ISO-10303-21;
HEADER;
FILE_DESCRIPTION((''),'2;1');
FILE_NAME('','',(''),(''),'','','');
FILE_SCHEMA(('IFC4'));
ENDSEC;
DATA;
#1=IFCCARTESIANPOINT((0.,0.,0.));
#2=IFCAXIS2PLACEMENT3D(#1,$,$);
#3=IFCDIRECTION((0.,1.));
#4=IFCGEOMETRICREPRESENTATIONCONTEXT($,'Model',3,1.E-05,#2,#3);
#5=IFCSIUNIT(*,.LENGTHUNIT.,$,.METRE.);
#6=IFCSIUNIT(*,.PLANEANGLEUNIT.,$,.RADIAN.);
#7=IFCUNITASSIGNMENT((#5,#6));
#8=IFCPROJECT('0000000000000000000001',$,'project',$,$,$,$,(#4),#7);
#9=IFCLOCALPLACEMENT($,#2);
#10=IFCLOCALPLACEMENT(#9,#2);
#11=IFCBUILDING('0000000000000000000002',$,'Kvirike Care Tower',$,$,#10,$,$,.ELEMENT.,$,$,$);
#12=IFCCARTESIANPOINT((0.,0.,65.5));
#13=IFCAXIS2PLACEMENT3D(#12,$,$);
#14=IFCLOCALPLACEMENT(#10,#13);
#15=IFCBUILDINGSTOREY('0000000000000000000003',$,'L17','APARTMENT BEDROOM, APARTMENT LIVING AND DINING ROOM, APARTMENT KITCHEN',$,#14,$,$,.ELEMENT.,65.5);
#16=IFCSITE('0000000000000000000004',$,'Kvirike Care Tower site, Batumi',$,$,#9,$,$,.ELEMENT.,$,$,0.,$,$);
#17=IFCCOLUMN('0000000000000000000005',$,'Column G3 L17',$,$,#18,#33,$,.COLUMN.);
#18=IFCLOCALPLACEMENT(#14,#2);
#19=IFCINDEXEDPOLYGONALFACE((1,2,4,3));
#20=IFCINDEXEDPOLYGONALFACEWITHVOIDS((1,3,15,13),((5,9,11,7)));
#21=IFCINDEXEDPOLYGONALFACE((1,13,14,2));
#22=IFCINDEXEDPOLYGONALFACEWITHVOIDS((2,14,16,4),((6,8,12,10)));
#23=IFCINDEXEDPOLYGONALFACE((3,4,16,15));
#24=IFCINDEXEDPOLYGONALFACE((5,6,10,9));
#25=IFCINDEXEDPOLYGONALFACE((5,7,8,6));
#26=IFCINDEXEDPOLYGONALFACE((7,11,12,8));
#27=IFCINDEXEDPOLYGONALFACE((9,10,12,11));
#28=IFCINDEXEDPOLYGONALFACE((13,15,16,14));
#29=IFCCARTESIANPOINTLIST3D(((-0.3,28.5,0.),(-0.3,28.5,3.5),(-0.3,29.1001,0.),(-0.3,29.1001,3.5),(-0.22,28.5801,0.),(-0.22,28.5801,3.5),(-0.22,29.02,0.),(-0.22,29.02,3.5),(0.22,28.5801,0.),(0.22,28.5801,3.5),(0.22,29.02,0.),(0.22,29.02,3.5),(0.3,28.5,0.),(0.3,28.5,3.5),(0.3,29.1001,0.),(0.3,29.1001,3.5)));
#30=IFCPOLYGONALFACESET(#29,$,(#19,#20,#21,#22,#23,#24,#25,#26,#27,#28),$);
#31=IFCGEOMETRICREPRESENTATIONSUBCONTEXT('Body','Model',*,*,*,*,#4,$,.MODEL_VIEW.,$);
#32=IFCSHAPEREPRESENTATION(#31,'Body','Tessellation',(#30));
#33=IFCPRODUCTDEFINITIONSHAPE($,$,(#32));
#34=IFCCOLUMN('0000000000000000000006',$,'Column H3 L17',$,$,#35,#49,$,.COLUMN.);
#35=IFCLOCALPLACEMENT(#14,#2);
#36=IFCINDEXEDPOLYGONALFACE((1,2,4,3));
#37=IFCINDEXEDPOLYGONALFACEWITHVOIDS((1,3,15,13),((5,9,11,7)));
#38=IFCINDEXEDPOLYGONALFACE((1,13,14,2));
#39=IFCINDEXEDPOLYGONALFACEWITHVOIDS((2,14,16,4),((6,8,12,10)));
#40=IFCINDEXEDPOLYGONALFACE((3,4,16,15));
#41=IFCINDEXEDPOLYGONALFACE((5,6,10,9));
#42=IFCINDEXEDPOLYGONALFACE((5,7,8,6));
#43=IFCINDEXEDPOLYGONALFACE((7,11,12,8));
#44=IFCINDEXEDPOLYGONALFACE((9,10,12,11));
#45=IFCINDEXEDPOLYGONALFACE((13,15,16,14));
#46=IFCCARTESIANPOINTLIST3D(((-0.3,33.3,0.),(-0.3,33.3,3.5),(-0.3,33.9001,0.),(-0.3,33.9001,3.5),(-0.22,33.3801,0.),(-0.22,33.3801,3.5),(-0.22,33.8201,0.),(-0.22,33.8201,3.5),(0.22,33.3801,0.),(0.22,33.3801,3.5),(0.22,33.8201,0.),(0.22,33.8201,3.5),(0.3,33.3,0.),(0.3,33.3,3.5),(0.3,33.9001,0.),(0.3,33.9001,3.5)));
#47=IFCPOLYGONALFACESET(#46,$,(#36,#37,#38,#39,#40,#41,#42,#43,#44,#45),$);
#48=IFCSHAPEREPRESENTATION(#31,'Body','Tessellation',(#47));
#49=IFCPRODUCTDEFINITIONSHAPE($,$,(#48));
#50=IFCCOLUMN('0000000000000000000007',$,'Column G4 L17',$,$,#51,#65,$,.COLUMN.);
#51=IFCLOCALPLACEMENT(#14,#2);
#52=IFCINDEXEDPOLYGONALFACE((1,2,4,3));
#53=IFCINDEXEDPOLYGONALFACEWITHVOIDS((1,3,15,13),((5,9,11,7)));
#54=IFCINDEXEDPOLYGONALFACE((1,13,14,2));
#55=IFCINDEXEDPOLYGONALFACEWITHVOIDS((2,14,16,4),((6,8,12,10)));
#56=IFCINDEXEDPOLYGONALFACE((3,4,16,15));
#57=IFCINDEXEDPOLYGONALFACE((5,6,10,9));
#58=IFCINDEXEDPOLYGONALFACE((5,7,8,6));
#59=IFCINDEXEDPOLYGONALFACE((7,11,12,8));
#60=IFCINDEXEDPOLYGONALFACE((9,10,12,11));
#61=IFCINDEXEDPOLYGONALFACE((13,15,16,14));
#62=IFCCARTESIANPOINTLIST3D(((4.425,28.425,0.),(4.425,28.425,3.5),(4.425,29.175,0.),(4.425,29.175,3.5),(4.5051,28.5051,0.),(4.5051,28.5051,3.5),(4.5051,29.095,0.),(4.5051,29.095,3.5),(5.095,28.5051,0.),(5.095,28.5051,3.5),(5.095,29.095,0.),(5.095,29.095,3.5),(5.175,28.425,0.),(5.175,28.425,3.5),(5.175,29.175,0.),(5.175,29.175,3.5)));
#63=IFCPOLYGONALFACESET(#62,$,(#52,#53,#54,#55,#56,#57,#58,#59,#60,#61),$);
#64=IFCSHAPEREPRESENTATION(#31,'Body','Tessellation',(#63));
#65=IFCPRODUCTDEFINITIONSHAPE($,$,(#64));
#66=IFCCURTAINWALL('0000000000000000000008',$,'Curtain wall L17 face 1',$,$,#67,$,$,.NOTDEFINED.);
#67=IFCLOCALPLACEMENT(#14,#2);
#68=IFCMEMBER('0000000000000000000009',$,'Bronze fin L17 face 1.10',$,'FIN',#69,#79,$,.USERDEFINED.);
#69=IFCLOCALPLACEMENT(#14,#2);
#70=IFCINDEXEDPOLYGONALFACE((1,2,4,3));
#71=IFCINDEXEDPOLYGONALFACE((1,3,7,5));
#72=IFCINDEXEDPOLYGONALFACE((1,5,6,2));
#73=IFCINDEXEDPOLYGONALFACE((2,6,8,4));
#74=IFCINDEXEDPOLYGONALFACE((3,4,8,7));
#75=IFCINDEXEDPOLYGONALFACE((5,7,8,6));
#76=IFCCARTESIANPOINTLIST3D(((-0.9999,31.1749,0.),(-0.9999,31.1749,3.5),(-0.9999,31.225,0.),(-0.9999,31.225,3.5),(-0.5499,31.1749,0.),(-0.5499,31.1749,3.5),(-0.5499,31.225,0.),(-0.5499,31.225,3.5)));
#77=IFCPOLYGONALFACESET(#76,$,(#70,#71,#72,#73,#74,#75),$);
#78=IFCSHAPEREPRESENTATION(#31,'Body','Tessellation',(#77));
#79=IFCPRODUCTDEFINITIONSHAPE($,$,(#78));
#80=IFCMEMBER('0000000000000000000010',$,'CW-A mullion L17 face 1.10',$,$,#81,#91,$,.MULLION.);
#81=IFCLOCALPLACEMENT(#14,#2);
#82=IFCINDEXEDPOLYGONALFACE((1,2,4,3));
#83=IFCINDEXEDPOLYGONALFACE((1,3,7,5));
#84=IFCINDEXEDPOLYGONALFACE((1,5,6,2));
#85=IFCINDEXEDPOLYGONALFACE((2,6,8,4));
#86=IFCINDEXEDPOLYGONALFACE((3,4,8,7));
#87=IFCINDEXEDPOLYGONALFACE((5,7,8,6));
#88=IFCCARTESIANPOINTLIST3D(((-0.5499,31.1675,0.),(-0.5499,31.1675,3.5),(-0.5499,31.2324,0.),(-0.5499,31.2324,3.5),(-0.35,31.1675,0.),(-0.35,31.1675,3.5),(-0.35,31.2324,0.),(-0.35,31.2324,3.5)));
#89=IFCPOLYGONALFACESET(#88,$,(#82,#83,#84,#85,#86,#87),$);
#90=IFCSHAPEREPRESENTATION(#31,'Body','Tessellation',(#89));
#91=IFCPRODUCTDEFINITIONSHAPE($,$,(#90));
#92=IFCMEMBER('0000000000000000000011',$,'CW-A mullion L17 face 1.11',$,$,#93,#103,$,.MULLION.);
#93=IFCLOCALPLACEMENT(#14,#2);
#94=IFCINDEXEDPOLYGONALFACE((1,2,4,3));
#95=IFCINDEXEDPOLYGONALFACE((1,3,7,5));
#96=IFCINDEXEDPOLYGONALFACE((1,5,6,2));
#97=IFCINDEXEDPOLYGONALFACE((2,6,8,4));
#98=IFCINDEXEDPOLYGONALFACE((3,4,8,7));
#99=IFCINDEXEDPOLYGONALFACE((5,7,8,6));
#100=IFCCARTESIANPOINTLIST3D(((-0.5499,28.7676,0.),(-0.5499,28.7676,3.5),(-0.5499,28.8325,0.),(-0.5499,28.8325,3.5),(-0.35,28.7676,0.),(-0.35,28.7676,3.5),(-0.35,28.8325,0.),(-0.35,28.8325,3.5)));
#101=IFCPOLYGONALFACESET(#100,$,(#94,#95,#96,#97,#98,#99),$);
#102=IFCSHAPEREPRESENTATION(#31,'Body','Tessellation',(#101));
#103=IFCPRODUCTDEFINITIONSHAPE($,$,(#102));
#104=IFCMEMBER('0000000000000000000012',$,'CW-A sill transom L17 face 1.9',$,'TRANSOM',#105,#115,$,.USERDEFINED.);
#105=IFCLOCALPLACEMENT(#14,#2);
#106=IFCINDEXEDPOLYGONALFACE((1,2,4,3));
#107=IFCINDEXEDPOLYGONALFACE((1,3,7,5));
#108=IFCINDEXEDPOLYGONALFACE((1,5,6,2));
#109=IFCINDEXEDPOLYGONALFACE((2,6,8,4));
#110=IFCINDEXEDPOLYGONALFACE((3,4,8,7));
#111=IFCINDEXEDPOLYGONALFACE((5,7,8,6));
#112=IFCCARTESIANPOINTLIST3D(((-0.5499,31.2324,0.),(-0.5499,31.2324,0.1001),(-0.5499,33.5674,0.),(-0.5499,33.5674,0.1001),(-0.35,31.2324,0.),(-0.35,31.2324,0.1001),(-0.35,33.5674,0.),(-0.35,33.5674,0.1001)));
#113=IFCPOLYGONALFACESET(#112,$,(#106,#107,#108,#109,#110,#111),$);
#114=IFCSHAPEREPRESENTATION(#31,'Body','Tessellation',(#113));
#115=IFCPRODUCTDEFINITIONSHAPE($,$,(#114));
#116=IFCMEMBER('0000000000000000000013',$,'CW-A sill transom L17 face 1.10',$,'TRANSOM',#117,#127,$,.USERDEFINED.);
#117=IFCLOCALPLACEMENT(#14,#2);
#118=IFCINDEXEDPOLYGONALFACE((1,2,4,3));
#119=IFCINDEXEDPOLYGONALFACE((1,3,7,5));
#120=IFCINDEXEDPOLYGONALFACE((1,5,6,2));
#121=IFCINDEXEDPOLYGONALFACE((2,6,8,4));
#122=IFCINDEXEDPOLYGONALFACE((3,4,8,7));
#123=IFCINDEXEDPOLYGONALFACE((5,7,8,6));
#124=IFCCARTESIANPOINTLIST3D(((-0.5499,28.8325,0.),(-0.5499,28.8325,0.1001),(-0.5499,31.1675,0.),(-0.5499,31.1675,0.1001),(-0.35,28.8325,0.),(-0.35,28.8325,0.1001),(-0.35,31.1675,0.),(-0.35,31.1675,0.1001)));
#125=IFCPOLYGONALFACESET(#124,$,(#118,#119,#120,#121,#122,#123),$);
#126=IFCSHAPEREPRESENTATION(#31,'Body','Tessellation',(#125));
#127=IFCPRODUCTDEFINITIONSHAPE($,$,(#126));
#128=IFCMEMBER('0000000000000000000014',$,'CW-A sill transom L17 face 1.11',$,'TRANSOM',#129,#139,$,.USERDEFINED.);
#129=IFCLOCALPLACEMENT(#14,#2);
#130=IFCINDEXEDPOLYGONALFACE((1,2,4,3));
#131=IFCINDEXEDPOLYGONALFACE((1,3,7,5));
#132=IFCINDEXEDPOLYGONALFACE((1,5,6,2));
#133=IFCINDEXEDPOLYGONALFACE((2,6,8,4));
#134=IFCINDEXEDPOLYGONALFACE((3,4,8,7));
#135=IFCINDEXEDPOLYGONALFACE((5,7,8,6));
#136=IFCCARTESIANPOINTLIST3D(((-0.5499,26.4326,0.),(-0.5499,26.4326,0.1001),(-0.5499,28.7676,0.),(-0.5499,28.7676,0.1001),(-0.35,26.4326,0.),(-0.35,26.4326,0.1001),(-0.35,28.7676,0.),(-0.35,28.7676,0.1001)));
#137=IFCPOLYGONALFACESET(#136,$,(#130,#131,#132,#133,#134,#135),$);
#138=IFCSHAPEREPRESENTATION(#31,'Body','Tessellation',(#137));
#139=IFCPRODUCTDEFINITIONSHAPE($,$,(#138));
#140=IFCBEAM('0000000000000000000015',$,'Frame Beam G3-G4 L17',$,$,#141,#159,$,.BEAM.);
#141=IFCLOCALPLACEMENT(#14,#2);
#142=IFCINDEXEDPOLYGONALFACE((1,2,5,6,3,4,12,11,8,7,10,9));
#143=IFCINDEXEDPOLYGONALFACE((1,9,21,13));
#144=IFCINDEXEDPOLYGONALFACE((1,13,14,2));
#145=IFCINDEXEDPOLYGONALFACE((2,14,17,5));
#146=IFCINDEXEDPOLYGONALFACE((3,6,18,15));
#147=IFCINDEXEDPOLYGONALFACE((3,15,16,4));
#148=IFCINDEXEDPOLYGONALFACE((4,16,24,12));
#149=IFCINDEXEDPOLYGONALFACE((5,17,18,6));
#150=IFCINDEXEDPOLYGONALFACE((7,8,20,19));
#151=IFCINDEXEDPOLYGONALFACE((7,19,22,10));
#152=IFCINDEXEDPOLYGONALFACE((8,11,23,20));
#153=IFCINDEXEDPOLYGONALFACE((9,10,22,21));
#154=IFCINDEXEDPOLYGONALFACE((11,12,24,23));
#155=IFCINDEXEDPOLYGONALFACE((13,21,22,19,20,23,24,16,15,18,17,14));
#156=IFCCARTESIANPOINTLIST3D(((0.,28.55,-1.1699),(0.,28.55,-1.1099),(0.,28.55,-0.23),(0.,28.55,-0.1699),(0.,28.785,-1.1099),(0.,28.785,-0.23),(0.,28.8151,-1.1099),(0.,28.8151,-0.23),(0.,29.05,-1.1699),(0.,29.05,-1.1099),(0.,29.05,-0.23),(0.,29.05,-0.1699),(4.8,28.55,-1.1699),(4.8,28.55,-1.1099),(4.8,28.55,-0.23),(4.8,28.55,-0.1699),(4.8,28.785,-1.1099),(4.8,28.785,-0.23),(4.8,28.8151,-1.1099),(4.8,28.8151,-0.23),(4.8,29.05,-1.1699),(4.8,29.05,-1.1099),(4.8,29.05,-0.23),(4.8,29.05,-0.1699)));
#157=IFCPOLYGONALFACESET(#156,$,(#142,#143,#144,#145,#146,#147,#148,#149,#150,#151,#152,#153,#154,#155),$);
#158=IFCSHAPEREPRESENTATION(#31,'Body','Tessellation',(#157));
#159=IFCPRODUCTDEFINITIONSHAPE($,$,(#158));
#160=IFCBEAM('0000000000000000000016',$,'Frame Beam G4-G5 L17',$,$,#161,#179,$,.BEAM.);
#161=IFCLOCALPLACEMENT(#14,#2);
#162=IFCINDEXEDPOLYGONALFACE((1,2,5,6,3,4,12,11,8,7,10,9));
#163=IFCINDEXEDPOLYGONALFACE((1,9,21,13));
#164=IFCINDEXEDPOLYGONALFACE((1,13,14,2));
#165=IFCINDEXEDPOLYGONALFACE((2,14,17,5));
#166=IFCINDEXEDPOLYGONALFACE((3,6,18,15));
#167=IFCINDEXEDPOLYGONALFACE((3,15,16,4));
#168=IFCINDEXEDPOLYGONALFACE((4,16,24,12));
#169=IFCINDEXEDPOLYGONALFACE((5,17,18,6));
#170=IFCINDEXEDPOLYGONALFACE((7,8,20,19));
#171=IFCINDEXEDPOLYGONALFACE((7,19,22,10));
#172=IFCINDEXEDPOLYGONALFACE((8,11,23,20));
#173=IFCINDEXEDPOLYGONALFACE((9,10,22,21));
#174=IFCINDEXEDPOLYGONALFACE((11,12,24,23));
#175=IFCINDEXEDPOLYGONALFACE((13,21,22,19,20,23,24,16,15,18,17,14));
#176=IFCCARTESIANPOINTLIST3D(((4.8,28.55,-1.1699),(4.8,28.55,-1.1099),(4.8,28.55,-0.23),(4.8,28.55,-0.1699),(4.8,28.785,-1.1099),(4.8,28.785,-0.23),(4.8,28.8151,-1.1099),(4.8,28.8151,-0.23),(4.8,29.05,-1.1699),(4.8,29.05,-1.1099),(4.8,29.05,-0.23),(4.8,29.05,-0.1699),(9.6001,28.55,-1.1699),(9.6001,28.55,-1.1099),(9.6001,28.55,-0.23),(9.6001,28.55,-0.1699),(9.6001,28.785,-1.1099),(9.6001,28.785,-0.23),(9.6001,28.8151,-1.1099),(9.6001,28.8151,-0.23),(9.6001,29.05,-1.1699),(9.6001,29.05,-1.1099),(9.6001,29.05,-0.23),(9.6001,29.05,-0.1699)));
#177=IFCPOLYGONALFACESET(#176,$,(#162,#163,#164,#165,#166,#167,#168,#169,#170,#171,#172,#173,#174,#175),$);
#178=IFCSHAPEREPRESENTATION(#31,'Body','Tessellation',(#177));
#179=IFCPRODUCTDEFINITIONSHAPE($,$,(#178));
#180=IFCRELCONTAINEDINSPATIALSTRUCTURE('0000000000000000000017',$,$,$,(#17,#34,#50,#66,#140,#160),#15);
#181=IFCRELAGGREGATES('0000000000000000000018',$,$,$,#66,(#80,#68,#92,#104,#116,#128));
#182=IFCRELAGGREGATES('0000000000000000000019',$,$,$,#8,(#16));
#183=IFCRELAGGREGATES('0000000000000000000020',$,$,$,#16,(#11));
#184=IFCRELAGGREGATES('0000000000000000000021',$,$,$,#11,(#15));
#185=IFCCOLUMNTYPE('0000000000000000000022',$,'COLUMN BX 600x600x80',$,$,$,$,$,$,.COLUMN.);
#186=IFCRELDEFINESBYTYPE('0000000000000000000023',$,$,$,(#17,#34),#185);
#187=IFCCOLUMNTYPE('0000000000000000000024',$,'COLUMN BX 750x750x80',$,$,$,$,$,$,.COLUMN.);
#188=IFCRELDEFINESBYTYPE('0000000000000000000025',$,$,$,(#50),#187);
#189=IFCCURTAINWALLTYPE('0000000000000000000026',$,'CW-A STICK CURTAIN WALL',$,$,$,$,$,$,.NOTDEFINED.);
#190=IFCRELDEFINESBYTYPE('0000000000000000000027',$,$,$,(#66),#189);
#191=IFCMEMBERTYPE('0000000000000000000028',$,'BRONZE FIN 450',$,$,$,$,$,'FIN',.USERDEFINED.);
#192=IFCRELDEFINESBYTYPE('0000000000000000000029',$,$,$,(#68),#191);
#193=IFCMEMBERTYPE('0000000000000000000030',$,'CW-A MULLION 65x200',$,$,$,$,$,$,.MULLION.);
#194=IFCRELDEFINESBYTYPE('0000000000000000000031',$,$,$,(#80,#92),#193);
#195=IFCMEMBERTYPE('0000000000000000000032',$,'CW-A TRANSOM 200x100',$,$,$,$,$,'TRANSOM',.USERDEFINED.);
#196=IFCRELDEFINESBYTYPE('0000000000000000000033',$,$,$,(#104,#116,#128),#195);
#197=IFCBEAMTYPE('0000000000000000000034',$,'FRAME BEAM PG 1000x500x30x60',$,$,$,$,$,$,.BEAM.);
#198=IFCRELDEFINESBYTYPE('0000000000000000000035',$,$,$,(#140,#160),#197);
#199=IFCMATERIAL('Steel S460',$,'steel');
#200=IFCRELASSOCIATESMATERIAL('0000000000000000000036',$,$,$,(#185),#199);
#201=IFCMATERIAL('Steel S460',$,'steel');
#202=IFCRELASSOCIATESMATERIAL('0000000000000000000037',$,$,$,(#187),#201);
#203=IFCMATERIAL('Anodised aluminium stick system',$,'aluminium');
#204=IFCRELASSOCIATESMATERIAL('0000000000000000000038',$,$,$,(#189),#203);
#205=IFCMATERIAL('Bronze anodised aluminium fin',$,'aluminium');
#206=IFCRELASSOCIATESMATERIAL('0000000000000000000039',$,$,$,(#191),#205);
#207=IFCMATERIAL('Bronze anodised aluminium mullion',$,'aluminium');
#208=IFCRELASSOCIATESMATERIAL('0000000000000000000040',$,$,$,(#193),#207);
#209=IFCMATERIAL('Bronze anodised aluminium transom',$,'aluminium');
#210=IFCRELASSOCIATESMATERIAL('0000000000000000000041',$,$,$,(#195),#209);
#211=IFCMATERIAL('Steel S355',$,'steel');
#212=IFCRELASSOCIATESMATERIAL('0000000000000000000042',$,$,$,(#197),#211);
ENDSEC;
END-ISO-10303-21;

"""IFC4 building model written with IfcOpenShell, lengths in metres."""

from ifc_helpers import new_model, si_unit, direction, frame, origin, origin_2d, place, context, subcontext, project, spatial, rectangle, hollow_rectangle, i_section, extrude, material, material_profile, profile_set, type_object, element, aggregate, save


model = new_model("IFC4")

# Units and contexts
model_context = context("Model", 3, precision=1e-05, world=origin(), true_north=direction((0.0, 1.0)))
body_context = subcontext(model_context, "Body", "Model", "MODEL_VIEW")
ifc_project = project(units=[si_unit("LENGTHUNIT", "METRE"), si_unit("PLANEANGLEUNIT", "RADIAN")], contexts=[model_context])

# Site, building, storey
site_placement = place(None, origin())
site = spatial("IfcSite", under=ifc_project, at=site_placement, Name="Kvirike Care Tower site, Batumi", CompositionType="ELEMENT", RefElevation=0.0)
building_placement = place(site_placement, origin())
building = spatial("IfcBuilding", under=site, at=building_placement, Name="Kvirike Care Tower", CompositionType="ELEMENT")
storey_placement = place(building_placement, frame((0.0, 0.0, 65.5)))
storey = spatial("IfcBuildingStorey", under=building, at=storey_placement, Name="L17", Description="APARTMENT BEDROOM, APARTMENT LIVING AND DINING ROOM, APARTMENT KITCHEN", CompositionType="ELEMENT", Elevation=65.5)

# Columns
ifc_material_1 = material(Name="Steel S460", Category="steel")
ifc_material_profile_1 = material_profile(ifc_material_1, hollow_rectangle(XDim=0.6001, YDim=0.6001, WallThickness=0.0801, at=origin_2d()), Name="BX 600x600x80")
ifc_profile_set_1 = profile_set([ifc_material_profile_1], Name="Steel S460")
column_type_1 = type_object("IfcColumnType", Name="COLUMN BX 600x600x80", PredefinedType="COLUMN", material=ifc_profile_set_1)
for number, where, z_axis, x_axis, name in (
    (1, (0.0, 28.8, 0.0), (0.0, 0.0, 1.0), (0.0, 1.0, 0.0), "Column G3 L17"),
    (2, (0.0, 33.6001, 0.0), (0.0, 0.0, 1.0), (1.0, 0.0, 0.0), "Column H3 L17"),
):
    element("IfcColumn", number, at=place(storey_placement, frame(where, z_axis=z_axis, x_axis=x_axis)), inside=storey, type_object=column_type_1, Name=name, PredefinedType="COLUMN", context=body_context, shape_type="SweptSolid", body=[
        extrude(hollow_rectangle(XDim=0.6001, YDim=0.6001, WallThickness=0.0801, at=origin_2d()), origin(), (0.0, 0.0, 1.0), 3.5),
    ])
ifc_material_2 = material(Name="Steel S460", Category="steel")
ifc_material_profile_2 = material_profile(ifc_material_2, hollow_rectangle(XDim=0.75, YDim=0.75, WallThickness=0.0801, at=origin_2d()), Name="BX 750x750x80")
ifc_profile_set_2 = profile_set([ifc_material_profile_2], Name="Steel S460")
column_type_2 = type_object("IfcColumnType", Name="COLUMN BX 750x750x80", PredefinedType="COLUMN", material=ifc_profile_set_2)
column_placement = place(storey_placement, frame((4.8, 28.8, 0.0), z_axis=(0.0, 0.0, 1.0), x_axis=(0.0, 1.0, 0.0)))
element("IfcColumn", 3, at=column_placement, inside=storey, type_object=column_type_2, Name="Column G4 L17", PredefinedType="COLUMN", context=body_context, shape_type="SweptSolid", body=[
    extrude(hollow_rectangle(XDim=0.75, YDim=0.75, WallThickness=0.0801, at=origin_2d()), origin(), (0.0, 0.0, 1.0), 3.5),
])

# Curtain wall, members
ifc_material_3 = material(Name="Anodised aluminium stick system", Category="aluminium")
curtain_wall_type = type_object("IfcCurtainWallType", Name="CW-A STICK CURTAIN WALL", PredefinedType="NOTDEFINED", material=ifc_material_3)
curtain_wall_placement = place(storey_placement, origin())
curtain_wall = element("IfcCurtainWall", 4, at=curtain_wall_placement, inside=storey, type_object=curtain_wall_type, Name="Curtain wall L17 face 1", PredefinedType="NOTDEFINED")
ifc_material_4 = material(Name="Bronze anodised aluminium fin", Category="aluminium")
ifc_material_profile_3 = material_profile(ifc_material_4, rectangle(XDim=0.05, YDim=0.45, at=origin_2d()), Name="BRONZE FIN 450")
ifc_profile_set_3 = profile_set([ifc_material_profile_3], Name="Bronze anodised aluminium fin")
member_type_1 = type_object("IfcMemberType", Name="BRONZE FIN 450", ElementType="FIN", PredefinedType="USERDEFINED", material=ifc_profile_set_3)
member_1_placement = place(storey_placement, frame((-0.7749, 31.2, 0.0), z_axis=(0.0, 0.0, 1.0), x_axis=(0.0, -1.0, 0.0)))
member_1 = element("IfcMember", 5, at=member_1_placement, type_object=member_type_1, Name="Bronze fin L17 face 1.10", ObjectType="FIN", PredefinedType="USERDEFINED", context=body_context, shape_type="SweptSolid", body=[
    extrude(rectangle(XDim=0.05, YDim=0.45, at=origin_2d()), origin(), (0.0, 0.0, 1.0), 3.5),
])
ifc_material_5 = material(Name="Bronze anodised aluminium mullion", Category="aluminium")
ifc_material_profile_4 = material_profile(ifc_material_5, rectangle(XDim=0.0649, YDim=0.2, at=origin_2d()), Name="CW-A MULLION 65x200")
ifc_profile_set_4 = profile_set([ifc_material_profile_4], Name="Bronze anodised aluminium mullion")
member_type_2 = type_object("IfcMemberType", Name="CW-A MULLION 65x200", PredefinedType="MULLION", material=ifc_profile_set_4)
member_2_placement = place(storey_placement, frame((-0.45, 31.2, 0.0), z_axis=(0.0, 0.0, 1.0), x_axis=(0.0, -1.0, 0.0)))
member_2 = element("IfcMember", 6, at=member_2_placement, type_object=member_type_2, Name="CW-A mullion L17 face 1.10", PredefinedType="MULLION", context=body_context, shape_type="SweptSolid", body=[
    extrude(rectangle(XDim=0.0649, YDim=0.2, at=origin_2d()), origin(), (0.0, 0.0, 1.0), 3.5),
])
member_3_placement = place(storey_placement, frame((-0.45, 28.8, 0.0), z_axis=(0.0, 0.0, 1.0), x_axis=(0.0, -1.0, 0.0)))
member_3 = element("IfcMember", 7, at=member_3_placement, type_object=member_type_2, Name="CW-A mullion L17 face 1.11", PredefinedType="MULLION", context=body_context, shape_type="SweptSolid", body=[
    extrude(rectangle(XDim=0.0649, YDim=0.2, at=origin_2d()), origin(), (0.0, 0.0, 1.0), 3.5),
])
ifc_material_6 = material(Name="Bronze anodised aluminium transom", Category="aluminium")
ifc_material_profile_5 = material_profile(ifc_material_6, rectangle(XDim=0.2, YDim=0.1001, at=origin_2d()), Name="CW-A TRANSOM 200x100")
ifc_profile_set_5 = profile_set([ifc_material_profile_5], Name="Bronze anodised aluminium transom")
member_type_3 = type_object("IfcMemberType", Name="CW-A TRANSOM 200x100", ElementType="TRANSOM", PredefinedType="USERDEFINED", material=ifc_profile_set_5)
member_4_placement = place(storey_placement, frame((-0.45, 33.5674, 0.05), z_axis=(0.0, -1.0, 0.0), x_axis=(1.0, 0.0, 0.0)))
member_4 = element("IfcMember", 8, at=member_4_placement, type_object=member_type_3, Name="CW-A sill transom L17 face 1.9", ObjectType="TRANSOM", PredefinedType="USERDEFINED", context=body_context, shape_type="SweptSolid", body=[
    extrude(rectangle(XDim=0.2, YDim=0.1001, at=origin_2d()), origin(), (0.0, 0.0, 1.0), 2.335),
])
member_5_placement = place(storey_placement, frame((-0.45, 31.1675, 0.05), z_axis=(0.0, -1.0, 0.0), x_axis=(1.0, 0.0, 0.0)))
member_5 = element("IfcMember", 9, at=member_5_placement, type_object=member_type_3, Name="CW-A sill transom L17 face 1.10", ObjectType="TRANSOM", PredefinedType="USERDEFINED", context=body_context, shape_type="SweptSolid", body=[
    extrude(rectangle(XDim=0.2, YDim=0.1001, at=origin_2d()), origin(), (0.0, 0.0, 1.0), 2.335),
])
member_6_placement = place(storey_placement, frame((-0.45, 28.7676, 0.05), z_axis=(0.0, -1.0, 0.0), x_axis=(1.0, 0.0, 0.0)))
member_6 = element("IfcMember", 10, at=member_6_placement, type_object=member_type_3, Name="CW-A sill transom L17 face 1.11", ObjectType="TRANSOM", PredefinedType="USERDEFINED", context=body_context, shape_type="SweptSolid", body=[
    extrude(rectangle(XDim=0.2, YDim=0.1001, at=origin_2d()), origin(), (0.0, 0.0, 1.0), 2.335),
])

# Beams
ifc_material_7 = material(Name="Steel S355", Category="steel")
ifc_material_profile_6 = material_profile(ifc_material_7, i_section(OverallWidth=0.5, OverallDepth=1.0, WebThickness=0.03, FlangeThickness=0.0601, at=origin_2d()), Name="PG 1000x500x30x60")
ifc_profile_set_6 = profile_set([ifc_material_profile_6], Name="Steel S355")
beam_type_1 = type_object("IfcBeamType", Name="FRAME BEAM PG 1000x500x30x60", PredefinedType="BEAM", material=ifc_profile_set_6)
for number, where, z_axis, x_axis, name in (
    (11, (0.0, 28.8, -0.6699), (1.0, 0.0, 0.0), (0.0, 1.0, 0.0), "Frame Beam G3-G4 L17"),
    (12, (4.8, 28.8, -0.6699), (1.0, 0.0, 0.0), (0.0, 1.0, 0.0), "Frame Beam G4-G5 L17"),
):
    element("IfcBeam", number, at=place(storey_placement, frame(where, z_axis=z_axis, x_axis=x_axis)), inside=storey, type_object=beam_type_1, Name=name, PredefinedType="BEAM", context=body_context, shape_type="SweptSolid", body=[
        extrude(i_section(OverallWidth=0.5, OverallDepth=1.0, WebThickness=0.03, FlangeThickness=0.0601, at=origin_2d()), origin(), (0.0, 0.0, 1.0), 4.8),
    ])

aggregate(curtain_wall, [member_2, member_1, member_3, member_4, member_5, member_6])

save(model, "model.ifc")
